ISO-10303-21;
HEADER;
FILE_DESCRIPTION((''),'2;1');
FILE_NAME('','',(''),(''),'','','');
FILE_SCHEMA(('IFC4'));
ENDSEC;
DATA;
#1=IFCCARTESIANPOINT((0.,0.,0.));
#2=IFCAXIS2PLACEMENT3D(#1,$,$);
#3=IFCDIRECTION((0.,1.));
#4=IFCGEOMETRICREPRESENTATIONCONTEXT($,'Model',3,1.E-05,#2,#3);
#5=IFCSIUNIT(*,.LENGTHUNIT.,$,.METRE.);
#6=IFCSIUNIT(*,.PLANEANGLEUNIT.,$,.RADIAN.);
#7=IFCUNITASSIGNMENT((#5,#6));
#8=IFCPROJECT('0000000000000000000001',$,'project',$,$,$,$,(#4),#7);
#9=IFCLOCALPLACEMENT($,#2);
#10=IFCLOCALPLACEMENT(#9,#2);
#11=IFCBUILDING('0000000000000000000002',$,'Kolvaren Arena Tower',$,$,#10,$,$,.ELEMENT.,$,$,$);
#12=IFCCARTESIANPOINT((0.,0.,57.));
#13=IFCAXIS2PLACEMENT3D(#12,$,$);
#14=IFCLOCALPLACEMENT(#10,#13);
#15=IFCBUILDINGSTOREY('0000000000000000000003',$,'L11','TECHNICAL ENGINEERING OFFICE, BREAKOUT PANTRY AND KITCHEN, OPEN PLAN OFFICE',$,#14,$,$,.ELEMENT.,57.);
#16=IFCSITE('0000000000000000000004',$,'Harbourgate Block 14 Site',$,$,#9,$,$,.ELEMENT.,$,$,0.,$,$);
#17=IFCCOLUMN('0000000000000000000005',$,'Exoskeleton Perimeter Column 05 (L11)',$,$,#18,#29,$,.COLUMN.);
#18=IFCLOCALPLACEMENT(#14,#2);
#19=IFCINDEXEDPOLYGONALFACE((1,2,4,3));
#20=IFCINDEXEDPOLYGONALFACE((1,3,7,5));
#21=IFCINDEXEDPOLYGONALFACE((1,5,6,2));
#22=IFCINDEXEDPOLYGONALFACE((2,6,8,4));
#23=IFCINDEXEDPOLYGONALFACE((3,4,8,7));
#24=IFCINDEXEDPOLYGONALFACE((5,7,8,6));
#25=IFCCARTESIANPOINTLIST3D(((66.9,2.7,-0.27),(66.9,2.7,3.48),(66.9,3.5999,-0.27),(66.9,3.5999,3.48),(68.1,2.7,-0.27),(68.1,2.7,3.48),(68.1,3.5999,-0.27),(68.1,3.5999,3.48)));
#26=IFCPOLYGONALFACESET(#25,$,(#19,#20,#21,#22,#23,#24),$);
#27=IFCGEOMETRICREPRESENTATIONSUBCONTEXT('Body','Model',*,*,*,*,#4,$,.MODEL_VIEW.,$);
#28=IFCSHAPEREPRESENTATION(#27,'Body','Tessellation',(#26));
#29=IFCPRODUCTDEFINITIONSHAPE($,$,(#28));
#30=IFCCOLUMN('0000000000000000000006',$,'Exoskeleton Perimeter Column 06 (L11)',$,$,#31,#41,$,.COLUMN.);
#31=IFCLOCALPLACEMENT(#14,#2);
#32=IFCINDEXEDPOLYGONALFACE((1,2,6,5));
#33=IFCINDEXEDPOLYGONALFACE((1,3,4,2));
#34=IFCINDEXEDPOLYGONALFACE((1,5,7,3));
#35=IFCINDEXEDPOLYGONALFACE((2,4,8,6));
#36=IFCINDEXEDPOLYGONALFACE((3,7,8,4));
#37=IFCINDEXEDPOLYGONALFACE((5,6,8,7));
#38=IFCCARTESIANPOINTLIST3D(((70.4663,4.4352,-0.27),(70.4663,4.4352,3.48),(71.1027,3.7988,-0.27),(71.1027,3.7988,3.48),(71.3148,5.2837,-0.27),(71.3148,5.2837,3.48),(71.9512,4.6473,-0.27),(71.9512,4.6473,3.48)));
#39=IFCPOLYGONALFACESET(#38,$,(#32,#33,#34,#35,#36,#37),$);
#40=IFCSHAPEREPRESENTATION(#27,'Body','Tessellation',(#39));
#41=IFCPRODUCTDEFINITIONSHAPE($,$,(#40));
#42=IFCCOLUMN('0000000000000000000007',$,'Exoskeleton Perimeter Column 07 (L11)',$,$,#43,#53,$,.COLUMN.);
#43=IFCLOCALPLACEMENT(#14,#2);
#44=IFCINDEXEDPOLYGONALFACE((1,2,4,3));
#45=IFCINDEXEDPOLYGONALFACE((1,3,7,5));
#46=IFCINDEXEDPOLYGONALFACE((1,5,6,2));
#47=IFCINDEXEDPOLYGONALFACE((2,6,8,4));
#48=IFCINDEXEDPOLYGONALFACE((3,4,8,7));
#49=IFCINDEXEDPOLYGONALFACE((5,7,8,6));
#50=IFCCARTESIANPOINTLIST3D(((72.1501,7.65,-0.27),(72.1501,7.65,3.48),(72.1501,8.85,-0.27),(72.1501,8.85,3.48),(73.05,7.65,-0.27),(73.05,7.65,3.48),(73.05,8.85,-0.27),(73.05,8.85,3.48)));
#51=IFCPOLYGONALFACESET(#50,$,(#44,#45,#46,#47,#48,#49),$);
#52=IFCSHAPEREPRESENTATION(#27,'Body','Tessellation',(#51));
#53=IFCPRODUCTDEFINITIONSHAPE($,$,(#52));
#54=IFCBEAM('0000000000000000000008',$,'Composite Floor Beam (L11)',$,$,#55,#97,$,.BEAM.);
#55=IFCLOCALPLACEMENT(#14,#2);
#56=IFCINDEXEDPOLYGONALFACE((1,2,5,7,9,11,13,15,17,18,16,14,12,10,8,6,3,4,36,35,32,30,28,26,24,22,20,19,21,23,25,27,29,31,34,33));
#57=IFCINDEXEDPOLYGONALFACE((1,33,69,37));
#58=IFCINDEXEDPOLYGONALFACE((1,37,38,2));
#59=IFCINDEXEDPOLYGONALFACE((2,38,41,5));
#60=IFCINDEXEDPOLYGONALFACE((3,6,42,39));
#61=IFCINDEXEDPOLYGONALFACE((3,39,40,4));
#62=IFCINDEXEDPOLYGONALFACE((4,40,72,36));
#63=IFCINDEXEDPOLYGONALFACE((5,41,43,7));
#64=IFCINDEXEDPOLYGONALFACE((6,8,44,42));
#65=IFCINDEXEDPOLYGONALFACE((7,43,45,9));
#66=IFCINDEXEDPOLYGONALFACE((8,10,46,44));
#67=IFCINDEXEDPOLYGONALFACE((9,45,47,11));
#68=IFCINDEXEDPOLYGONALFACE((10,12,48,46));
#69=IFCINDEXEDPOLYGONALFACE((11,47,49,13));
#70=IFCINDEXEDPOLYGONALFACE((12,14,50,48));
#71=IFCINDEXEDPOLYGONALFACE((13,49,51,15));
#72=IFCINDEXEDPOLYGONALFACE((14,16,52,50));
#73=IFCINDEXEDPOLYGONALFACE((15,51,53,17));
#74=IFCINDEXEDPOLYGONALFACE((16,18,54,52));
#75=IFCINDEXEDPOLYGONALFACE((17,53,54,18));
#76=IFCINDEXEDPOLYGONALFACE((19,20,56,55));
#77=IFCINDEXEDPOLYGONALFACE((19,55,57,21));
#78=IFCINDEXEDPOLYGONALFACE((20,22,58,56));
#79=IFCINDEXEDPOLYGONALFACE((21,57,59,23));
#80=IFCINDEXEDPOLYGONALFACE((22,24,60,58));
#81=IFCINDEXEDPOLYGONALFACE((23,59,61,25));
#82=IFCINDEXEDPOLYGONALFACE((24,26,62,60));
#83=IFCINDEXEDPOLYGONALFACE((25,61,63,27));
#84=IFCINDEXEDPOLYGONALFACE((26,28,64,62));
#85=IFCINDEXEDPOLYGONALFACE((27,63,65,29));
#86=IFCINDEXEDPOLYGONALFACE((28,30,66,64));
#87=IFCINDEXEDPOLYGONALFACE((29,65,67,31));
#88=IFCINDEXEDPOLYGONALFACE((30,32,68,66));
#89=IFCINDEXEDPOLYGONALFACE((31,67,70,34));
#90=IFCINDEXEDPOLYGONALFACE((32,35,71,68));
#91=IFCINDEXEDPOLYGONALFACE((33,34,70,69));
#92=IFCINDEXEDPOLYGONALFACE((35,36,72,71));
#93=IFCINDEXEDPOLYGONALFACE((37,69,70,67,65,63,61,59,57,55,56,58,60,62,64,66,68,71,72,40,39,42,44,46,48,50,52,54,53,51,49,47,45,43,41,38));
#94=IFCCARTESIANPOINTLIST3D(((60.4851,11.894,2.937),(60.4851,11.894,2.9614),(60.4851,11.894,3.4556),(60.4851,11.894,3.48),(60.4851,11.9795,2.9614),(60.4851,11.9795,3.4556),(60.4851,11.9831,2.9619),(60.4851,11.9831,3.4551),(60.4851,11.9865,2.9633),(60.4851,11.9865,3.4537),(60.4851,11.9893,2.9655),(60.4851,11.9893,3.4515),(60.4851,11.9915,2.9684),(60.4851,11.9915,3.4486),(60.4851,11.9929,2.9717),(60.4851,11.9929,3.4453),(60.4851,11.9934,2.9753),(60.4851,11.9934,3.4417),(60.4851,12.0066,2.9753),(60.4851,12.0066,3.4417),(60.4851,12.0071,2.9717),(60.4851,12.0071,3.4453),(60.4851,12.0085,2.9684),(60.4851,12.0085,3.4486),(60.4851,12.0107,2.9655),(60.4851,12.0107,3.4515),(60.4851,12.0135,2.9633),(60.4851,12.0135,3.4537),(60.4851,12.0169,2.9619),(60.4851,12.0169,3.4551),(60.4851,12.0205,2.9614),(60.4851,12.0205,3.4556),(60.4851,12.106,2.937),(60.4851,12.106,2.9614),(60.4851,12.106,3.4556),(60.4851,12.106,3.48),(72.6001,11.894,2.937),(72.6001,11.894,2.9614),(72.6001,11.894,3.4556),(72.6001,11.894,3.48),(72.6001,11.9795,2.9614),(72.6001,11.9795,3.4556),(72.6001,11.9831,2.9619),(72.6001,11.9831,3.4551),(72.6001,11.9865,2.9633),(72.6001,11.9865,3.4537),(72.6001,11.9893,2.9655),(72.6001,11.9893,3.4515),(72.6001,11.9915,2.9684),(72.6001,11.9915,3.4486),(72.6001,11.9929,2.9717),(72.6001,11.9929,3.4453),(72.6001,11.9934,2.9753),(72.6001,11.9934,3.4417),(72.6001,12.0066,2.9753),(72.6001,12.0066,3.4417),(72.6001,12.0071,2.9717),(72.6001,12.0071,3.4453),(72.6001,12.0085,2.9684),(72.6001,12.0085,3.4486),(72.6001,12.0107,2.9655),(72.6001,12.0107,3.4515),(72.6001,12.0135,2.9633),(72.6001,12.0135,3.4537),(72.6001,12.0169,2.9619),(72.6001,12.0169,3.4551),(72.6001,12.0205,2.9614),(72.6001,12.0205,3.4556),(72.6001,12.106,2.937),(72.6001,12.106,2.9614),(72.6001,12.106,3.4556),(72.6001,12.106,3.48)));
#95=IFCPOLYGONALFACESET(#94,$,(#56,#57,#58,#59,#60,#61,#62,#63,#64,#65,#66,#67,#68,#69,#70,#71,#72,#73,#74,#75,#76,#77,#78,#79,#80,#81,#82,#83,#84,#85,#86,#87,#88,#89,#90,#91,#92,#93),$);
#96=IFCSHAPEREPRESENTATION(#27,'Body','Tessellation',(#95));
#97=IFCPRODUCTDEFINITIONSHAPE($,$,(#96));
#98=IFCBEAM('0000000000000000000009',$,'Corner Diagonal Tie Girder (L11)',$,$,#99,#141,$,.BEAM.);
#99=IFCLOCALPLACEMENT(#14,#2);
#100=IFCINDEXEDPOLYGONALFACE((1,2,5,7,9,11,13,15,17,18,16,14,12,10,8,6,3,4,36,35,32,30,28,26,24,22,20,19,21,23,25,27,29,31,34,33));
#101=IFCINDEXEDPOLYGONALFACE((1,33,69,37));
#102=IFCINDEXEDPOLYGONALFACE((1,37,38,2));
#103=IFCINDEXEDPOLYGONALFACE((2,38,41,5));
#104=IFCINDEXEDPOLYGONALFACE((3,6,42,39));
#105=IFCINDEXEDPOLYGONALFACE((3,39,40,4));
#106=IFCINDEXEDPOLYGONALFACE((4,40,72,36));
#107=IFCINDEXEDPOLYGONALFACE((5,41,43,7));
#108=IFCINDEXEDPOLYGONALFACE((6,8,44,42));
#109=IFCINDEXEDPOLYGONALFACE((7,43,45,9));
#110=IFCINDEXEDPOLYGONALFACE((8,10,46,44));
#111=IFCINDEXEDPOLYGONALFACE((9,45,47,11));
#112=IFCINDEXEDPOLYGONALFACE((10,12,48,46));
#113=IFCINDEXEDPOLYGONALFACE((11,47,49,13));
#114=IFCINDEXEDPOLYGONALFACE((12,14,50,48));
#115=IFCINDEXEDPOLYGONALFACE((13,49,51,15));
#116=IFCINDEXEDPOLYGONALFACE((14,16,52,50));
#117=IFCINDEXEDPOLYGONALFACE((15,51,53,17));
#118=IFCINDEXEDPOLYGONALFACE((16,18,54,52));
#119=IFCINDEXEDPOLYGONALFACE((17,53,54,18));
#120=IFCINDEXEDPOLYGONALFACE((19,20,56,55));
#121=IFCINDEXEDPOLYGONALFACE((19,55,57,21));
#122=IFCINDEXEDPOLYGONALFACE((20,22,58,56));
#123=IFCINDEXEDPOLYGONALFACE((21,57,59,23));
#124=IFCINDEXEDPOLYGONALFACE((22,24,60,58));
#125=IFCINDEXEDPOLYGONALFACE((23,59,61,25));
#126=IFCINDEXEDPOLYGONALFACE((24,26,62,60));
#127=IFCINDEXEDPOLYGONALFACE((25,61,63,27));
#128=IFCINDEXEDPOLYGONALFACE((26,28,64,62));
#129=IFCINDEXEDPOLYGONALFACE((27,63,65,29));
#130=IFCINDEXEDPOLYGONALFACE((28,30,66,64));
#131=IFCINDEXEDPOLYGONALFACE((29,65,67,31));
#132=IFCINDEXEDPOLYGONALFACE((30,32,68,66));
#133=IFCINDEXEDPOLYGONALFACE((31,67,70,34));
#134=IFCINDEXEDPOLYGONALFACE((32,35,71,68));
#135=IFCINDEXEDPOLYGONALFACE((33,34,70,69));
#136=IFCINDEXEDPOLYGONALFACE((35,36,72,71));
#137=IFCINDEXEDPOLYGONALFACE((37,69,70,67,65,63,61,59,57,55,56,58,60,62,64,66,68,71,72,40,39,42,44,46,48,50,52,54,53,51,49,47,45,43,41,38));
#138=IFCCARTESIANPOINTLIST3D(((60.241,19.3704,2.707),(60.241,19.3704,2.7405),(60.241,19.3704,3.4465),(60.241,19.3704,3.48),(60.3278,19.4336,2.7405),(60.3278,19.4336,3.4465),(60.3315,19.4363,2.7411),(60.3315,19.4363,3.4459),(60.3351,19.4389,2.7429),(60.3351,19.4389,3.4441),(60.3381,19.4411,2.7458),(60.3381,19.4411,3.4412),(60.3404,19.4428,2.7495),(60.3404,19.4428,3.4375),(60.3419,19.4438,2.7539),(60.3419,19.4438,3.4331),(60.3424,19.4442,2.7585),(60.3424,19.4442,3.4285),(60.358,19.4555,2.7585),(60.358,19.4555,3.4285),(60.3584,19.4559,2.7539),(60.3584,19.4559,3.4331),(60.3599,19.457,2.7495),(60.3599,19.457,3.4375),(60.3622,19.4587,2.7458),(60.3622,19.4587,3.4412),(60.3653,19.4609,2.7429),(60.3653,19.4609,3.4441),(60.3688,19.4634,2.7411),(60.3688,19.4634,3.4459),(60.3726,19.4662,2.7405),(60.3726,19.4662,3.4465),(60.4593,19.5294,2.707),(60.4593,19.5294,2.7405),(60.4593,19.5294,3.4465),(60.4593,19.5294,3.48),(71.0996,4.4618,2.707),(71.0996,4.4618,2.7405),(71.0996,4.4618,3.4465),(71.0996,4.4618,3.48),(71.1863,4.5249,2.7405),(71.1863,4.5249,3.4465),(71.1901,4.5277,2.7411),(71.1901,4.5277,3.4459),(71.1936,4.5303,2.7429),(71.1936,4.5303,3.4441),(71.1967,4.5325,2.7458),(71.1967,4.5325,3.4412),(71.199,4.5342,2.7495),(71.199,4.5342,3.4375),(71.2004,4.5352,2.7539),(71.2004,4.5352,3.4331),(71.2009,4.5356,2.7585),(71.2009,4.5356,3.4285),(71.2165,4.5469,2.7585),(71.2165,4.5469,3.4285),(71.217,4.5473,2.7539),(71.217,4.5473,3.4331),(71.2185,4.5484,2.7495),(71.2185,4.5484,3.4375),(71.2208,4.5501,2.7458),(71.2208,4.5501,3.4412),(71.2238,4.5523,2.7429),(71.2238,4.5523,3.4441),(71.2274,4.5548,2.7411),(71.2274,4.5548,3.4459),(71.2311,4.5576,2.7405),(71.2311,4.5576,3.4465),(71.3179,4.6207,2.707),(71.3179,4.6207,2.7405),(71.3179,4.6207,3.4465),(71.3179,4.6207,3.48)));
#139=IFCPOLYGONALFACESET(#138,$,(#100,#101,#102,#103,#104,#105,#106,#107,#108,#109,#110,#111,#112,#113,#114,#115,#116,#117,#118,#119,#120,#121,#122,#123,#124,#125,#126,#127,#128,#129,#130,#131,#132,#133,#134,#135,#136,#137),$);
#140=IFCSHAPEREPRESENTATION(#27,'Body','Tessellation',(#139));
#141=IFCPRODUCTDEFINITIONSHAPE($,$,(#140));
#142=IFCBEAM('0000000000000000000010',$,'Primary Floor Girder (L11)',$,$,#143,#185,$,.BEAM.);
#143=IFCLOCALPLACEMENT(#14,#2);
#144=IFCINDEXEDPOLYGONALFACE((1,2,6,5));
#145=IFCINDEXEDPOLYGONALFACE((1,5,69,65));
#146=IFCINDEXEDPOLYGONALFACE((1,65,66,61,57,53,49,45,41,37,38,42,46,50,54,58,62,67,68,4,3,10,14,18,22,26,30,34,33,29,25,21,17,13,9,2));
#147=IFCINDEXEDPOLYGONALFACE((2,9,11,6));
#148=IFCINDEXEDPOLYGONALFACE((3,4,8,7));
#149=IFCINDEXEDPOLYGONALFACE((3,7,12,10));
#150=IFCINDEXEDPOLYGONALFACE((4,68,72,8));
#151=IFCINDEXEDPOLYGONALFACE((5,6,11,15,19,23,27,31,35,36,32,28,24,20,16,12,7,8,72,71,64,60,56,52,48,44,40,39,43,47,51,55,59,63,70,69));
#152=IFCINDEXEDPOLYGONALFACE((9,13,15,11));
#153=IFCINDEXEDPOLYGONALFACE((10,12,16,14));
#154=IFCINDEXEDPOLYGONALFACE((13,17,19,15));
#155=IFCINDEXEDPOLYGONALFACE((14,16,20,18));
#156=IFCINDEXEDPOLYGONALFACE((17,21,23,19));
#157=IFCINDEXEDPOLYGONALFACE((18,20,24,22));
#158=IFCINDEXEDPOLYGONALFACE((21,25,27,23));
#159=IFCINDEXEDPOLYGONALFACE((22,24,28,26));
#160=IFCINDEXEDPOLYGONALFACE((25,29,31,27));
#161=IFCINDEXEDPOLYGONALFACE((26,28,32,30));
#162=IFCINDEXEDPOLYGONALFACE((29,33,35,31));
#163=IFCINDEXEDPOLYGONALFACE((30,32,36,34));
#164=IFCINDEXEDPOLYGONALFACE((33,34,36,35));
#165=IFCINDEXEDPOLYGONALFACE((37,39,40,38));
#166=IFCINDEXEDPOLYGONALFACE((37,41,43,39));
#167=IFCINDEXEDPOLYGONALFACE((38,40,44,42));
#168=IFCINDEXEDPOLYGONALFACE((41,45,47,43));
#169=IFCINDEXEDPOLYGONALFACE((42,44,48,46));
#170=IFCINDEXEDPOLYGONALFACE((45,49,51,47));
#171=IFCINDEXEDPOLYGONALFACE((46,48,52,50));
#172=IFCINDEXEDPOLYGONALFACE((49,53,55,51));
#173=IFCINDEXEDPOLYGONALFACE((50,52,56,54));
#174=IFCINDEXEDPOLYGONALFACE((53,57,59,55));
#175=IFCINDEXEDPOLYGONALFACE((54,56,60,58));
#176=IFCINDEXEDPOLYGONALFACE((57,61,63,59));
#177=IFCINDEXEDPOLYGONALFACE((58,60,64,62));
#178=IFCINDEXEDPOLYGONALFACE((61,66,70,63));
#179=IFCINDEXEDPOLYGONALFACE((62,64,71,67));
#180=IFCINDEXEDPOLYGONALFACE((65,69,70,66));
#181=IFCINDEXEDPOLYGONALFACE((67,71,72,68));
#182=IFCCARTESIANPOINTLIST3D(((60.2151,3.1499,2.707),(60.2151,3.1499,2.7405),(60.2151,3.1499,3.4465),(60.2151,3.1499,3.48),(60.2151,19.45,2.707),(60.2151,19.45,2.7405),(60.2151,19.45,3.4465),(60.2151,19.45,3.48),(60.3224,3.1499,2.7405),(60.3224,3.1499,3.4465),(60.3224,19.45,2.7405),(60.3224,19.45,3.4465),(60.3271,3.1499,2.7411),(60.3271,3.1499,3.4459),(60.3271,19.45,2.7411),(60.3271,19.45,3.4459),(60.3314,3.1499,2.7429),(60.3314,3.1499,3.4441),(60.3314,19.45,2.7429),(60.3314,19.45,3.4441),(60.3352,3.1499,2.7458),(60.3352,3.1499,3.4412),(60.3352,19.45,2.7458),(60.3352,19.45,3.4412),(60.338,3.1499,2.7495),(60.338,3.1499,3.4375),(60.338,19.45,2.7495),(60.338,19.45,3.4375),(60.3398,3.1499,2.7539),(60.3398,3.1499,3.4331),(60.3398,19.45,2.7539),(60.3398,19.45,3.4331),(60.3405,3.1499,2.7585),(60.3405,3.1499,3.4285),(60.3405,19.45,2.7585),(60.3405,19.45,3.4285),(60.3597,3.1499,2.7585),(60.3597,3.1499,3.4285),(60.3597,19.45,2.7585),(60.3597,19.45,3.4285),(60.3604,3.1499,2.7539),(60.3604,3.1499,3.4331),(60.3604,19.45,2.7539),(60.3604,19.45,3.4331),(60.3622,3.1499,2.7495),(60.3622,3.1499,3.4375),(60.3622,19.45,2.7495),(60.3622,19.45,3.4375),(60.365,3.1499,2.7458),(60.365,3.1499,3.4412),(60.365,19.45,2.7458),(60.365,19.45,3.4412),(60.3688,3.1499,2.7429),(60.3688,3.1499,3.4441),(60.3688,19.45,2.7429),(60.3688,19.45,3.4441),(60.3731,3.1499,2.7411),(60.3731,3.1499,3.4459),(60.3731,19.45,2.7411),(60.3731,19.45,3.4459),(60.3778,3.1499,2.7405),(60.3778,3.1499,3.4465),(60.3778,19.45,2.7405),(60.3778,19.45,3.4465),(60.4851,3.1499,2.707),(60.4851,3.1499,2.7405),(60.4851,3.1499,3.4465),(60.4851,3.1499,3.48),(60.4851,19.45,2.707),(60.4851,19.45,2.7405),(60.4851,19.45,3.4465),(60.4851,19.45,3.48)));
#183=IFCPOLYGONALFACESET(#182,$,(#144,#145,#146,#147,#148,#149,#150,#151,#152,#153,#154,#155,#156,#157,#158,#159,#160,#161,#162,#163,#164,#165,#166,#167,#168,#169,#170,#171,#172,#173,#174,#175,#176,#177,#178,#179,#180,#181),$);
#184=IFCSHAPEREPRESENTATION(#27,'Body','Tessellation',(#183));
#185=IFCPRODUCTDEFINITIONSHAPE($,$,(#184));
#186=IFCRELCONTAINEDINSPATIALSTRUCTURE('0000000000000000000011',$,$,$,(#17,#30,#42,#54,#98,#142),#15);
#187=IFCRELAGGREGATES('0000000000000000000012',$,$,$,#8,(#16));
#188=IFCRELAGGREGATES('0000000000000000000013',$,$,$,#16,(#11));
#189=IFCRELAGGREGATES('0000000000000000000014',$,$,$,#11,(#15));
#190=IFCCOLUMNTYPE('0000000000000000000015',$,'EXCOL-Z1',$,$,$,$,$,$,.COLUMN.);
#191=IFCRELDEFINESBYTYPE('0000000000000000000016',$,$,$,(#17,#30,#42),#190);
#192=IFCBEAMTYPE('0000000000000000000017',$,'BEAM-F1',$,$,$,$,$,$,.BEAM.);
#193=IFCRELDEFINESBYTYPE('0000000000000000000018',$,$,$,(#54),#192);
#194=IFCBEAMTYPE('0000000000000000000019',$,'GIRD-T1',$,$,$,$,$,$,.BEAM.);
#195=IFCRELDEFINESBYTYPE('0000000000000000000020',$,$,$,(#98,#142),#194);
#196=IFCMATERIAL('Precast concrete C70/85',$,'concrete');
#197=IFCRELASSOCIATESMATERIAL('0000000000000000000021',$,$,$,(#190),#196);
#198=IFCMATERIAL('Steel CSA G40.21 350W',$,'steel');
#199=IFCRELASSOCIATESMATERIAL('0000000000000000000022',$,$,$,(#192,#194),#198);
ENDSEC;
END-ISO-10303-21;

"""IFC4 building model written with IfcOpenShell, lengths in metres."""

from ifc_helpers import new_model, si_unit, direction, frame, origin, origin_2d, place, context, subcontext, project, spatial, rectangle, i_section, extrude, material, material_profile, profile_set, type_object, element, save


model = new_model("IFC4")

# Units and contexts
model_context = context("Model", 3, precision=1e-05, world=origin(), true_north=direction((0.0, 1.0)))
body_context = subcontext(model_context, "Body", "Model", "MODEL_VIEW")
ifc_project = project(units=[si_unit("LENGTHUNIT", "METRE"), si_unit("PLANEANGLEUNIT", "RADIAN")], contexts=[model_context])

# Site, building, storey
site_placement = place(None, origin())
site = spatial("IfcSite", under=ifc_project, at=site_placement, Name="Harbourgate Block 14 Site", CompositionType="ELEMENT", RefElevation=0.0)
building_placement = place(site_placement, origin())
building = spatial("IfcBuilding", under=site, at=building_placement, Name="Kolvaren Arena Tower", CompositionType="ELEMENT")
storey_placement = place(building_placement, frame((0.0, 0.0, 57.0)))
storey = spatial("IfcBuildingStorey", under=building, at=storey_placement, Name="L11", Description="TECHNICAL ENGINEERING OFFICE, BREAKOUT PANTRY AND KITCHEN, OPEN PLAN OFFICE", CompositionType="ELEMENT", Elevation=57.0)

# Columns
ifc_material_1 = material(Name="Precast concrete C70/85", Category="concrete")
ifc_material_profile_1 = material_profile(ifc_material_1, rectangle(XDim=1.2, YDim=0.8999, at=origin_2d()), Name="RC-1200x900")
ifc_profile_set_1 = profile_set([ifc_material_profile_1], Name="Precast concrete C70/85")
column_type = type_object("IfcColumnType", Name="EXCOL-Z1", PredefinedType="COLUMN", material=ifc_profile_set_1)
for number, where, z_axis, x_axis, name in (
    (1, (67.5, 3.1499, -0.27), (0.0, 0.0, 1.0), (1.0, 0.0, 0.0), "Exoskeleton Perimeter Column 05 (L11)"),
    (2, (71.2087, 4.5413, -0.27), (0.0, 0.0, 1.0), (0.707107, 0.707107, 0.0), "Exoskeleton Perimeter Column 06 (L11)"),
    (3, (72.6001, 8.25, -0.27), (0.0, 0.0, 1.0), (0.0, 1.0, 0.0), "Exoskeleton Perimeter Column 07 (L11)"),
):
    element("IfcColumn", number, at=place(storey_placement, frame(where, z_axis=z_axis, x_axis=x_axis)), inside=storey, type_object=column_type, Name=name, PredefinedType="COLUMN", context=body_context, shape_type="SweptSolid", body=[
        extrude(rectangle(XDim=1.2, YDim=0.8999, at=origin_2d()), origin(), (0.0, 0.0, 1.0), 3.75),
    ])

# Beams
ifc_material_2 = material(Name="Steel CSA G40.21 350W", Category="steel")
ifc_material_profile_2 = material_profile(ifc_material_2, i_section(OverallWidth=0.2119, OverallDepth=0.543, WebThickness=0.0132, FlangeThickness=0.0244, FilletRadius=0.0139, at=origin_2d()), Name="W530x150")
ifc_profile_set_2 = profile_set([ifc_material_profile_2], Name="Steel CSA G40.21 350W")
beam_type_1 = type_object("IfcBeamType", Name="BEAM-F1", PredefinedType="BEAM", material=ifc_profile_set_2)
beam_1_placement = place(storey_placement, frame((60.4851, 12.0, 3.2085), z_axis=(1.0, 0.0, 0.0), x_axis=(0.0, 1.0, 0.0)))
element("IfcBeam", 4, at=beam_1_placement, inside=storey, type_object=beam_type_1, Name="Composite Floor Beam (L11)", PredefinedType="BEAM", context=body_context, shape_type="SweptSolid", body=[
    extrude(i_section(OverallWidth=0.2119, OverallDepth=0.543, WebThickness=0.0132, FlangeThickness=0.0244, FilletRadius=0.0139, at=origin_2d()), origin(), (0.0, 0.0, 1.0), 12.115),
])
ifc_material_profile_3 = material_profile(ifc_material_2, i_section(OverallWidth=0.27, OverallDepth=0.7729, WebThickness=0.0193, FlangeThickness=0.0334, FilletRadius=0.0181, at=origin_2d()), Name="W760x257")
ifc_profile_set_3 = profile_set([ifc_material_profile_3], Name="Steel CSA G40.21 350W")
beam_type_2 = type_object("IfcBeamType", Name="GIRD-T1", PredefinedType="BEAM", material=ifc_profile_set_3)
beam_2_placement = place(storey_placement, frame((71.2087, 4.5413, 3.0935), z_axis=(-0.588737, 0.808324, 0.0), x_axis=(-0.808324, -0.588737, 0.0)))
element("IfcBeam", 5, at=beam_2_placement, inside=storey, type_object=beam_type_2, Name="Corner Diagonal Tie Girder (L11)", PredefinedType="BEAM", context=body_context, shape_type="SweptSolid", body=[
    extrude(i_section(OverallWidth=0.27, OverallDepth=0.7729, WebThickness=0.0193, FlangeThickness=0.0334, FilletRadius=0.0181, at=origin_2d()), origin(), (0.0, 0.0, 1.0), 18.4438),
])
beam_3_placement = place(storey_placement, frame((60.3501, 3.1499, 3.0935), z_axis=(0.0, 1.0, 0.0), x_axis=(-1.0, 0.0, 0.0)))
element("IfcBeam", 6, at=beam_3_placement, inside=storey, type_object=beam_type_2, Name="Primary Floor Girder (L11)", PredefinedType="BEAM", context=body_context, shape_type="SweptSolid", body=[
    extrude(i_section(OverallWidth=0.27, OverallDepth=0.7729, WebThickness=0.0193, FlangeThickness=0.0334, FilletRadius=0.0181, at=origin_2d()), origin(), (0.0, 0.0, 1.0), 16.3),
])

save(model, "model.ifc")
